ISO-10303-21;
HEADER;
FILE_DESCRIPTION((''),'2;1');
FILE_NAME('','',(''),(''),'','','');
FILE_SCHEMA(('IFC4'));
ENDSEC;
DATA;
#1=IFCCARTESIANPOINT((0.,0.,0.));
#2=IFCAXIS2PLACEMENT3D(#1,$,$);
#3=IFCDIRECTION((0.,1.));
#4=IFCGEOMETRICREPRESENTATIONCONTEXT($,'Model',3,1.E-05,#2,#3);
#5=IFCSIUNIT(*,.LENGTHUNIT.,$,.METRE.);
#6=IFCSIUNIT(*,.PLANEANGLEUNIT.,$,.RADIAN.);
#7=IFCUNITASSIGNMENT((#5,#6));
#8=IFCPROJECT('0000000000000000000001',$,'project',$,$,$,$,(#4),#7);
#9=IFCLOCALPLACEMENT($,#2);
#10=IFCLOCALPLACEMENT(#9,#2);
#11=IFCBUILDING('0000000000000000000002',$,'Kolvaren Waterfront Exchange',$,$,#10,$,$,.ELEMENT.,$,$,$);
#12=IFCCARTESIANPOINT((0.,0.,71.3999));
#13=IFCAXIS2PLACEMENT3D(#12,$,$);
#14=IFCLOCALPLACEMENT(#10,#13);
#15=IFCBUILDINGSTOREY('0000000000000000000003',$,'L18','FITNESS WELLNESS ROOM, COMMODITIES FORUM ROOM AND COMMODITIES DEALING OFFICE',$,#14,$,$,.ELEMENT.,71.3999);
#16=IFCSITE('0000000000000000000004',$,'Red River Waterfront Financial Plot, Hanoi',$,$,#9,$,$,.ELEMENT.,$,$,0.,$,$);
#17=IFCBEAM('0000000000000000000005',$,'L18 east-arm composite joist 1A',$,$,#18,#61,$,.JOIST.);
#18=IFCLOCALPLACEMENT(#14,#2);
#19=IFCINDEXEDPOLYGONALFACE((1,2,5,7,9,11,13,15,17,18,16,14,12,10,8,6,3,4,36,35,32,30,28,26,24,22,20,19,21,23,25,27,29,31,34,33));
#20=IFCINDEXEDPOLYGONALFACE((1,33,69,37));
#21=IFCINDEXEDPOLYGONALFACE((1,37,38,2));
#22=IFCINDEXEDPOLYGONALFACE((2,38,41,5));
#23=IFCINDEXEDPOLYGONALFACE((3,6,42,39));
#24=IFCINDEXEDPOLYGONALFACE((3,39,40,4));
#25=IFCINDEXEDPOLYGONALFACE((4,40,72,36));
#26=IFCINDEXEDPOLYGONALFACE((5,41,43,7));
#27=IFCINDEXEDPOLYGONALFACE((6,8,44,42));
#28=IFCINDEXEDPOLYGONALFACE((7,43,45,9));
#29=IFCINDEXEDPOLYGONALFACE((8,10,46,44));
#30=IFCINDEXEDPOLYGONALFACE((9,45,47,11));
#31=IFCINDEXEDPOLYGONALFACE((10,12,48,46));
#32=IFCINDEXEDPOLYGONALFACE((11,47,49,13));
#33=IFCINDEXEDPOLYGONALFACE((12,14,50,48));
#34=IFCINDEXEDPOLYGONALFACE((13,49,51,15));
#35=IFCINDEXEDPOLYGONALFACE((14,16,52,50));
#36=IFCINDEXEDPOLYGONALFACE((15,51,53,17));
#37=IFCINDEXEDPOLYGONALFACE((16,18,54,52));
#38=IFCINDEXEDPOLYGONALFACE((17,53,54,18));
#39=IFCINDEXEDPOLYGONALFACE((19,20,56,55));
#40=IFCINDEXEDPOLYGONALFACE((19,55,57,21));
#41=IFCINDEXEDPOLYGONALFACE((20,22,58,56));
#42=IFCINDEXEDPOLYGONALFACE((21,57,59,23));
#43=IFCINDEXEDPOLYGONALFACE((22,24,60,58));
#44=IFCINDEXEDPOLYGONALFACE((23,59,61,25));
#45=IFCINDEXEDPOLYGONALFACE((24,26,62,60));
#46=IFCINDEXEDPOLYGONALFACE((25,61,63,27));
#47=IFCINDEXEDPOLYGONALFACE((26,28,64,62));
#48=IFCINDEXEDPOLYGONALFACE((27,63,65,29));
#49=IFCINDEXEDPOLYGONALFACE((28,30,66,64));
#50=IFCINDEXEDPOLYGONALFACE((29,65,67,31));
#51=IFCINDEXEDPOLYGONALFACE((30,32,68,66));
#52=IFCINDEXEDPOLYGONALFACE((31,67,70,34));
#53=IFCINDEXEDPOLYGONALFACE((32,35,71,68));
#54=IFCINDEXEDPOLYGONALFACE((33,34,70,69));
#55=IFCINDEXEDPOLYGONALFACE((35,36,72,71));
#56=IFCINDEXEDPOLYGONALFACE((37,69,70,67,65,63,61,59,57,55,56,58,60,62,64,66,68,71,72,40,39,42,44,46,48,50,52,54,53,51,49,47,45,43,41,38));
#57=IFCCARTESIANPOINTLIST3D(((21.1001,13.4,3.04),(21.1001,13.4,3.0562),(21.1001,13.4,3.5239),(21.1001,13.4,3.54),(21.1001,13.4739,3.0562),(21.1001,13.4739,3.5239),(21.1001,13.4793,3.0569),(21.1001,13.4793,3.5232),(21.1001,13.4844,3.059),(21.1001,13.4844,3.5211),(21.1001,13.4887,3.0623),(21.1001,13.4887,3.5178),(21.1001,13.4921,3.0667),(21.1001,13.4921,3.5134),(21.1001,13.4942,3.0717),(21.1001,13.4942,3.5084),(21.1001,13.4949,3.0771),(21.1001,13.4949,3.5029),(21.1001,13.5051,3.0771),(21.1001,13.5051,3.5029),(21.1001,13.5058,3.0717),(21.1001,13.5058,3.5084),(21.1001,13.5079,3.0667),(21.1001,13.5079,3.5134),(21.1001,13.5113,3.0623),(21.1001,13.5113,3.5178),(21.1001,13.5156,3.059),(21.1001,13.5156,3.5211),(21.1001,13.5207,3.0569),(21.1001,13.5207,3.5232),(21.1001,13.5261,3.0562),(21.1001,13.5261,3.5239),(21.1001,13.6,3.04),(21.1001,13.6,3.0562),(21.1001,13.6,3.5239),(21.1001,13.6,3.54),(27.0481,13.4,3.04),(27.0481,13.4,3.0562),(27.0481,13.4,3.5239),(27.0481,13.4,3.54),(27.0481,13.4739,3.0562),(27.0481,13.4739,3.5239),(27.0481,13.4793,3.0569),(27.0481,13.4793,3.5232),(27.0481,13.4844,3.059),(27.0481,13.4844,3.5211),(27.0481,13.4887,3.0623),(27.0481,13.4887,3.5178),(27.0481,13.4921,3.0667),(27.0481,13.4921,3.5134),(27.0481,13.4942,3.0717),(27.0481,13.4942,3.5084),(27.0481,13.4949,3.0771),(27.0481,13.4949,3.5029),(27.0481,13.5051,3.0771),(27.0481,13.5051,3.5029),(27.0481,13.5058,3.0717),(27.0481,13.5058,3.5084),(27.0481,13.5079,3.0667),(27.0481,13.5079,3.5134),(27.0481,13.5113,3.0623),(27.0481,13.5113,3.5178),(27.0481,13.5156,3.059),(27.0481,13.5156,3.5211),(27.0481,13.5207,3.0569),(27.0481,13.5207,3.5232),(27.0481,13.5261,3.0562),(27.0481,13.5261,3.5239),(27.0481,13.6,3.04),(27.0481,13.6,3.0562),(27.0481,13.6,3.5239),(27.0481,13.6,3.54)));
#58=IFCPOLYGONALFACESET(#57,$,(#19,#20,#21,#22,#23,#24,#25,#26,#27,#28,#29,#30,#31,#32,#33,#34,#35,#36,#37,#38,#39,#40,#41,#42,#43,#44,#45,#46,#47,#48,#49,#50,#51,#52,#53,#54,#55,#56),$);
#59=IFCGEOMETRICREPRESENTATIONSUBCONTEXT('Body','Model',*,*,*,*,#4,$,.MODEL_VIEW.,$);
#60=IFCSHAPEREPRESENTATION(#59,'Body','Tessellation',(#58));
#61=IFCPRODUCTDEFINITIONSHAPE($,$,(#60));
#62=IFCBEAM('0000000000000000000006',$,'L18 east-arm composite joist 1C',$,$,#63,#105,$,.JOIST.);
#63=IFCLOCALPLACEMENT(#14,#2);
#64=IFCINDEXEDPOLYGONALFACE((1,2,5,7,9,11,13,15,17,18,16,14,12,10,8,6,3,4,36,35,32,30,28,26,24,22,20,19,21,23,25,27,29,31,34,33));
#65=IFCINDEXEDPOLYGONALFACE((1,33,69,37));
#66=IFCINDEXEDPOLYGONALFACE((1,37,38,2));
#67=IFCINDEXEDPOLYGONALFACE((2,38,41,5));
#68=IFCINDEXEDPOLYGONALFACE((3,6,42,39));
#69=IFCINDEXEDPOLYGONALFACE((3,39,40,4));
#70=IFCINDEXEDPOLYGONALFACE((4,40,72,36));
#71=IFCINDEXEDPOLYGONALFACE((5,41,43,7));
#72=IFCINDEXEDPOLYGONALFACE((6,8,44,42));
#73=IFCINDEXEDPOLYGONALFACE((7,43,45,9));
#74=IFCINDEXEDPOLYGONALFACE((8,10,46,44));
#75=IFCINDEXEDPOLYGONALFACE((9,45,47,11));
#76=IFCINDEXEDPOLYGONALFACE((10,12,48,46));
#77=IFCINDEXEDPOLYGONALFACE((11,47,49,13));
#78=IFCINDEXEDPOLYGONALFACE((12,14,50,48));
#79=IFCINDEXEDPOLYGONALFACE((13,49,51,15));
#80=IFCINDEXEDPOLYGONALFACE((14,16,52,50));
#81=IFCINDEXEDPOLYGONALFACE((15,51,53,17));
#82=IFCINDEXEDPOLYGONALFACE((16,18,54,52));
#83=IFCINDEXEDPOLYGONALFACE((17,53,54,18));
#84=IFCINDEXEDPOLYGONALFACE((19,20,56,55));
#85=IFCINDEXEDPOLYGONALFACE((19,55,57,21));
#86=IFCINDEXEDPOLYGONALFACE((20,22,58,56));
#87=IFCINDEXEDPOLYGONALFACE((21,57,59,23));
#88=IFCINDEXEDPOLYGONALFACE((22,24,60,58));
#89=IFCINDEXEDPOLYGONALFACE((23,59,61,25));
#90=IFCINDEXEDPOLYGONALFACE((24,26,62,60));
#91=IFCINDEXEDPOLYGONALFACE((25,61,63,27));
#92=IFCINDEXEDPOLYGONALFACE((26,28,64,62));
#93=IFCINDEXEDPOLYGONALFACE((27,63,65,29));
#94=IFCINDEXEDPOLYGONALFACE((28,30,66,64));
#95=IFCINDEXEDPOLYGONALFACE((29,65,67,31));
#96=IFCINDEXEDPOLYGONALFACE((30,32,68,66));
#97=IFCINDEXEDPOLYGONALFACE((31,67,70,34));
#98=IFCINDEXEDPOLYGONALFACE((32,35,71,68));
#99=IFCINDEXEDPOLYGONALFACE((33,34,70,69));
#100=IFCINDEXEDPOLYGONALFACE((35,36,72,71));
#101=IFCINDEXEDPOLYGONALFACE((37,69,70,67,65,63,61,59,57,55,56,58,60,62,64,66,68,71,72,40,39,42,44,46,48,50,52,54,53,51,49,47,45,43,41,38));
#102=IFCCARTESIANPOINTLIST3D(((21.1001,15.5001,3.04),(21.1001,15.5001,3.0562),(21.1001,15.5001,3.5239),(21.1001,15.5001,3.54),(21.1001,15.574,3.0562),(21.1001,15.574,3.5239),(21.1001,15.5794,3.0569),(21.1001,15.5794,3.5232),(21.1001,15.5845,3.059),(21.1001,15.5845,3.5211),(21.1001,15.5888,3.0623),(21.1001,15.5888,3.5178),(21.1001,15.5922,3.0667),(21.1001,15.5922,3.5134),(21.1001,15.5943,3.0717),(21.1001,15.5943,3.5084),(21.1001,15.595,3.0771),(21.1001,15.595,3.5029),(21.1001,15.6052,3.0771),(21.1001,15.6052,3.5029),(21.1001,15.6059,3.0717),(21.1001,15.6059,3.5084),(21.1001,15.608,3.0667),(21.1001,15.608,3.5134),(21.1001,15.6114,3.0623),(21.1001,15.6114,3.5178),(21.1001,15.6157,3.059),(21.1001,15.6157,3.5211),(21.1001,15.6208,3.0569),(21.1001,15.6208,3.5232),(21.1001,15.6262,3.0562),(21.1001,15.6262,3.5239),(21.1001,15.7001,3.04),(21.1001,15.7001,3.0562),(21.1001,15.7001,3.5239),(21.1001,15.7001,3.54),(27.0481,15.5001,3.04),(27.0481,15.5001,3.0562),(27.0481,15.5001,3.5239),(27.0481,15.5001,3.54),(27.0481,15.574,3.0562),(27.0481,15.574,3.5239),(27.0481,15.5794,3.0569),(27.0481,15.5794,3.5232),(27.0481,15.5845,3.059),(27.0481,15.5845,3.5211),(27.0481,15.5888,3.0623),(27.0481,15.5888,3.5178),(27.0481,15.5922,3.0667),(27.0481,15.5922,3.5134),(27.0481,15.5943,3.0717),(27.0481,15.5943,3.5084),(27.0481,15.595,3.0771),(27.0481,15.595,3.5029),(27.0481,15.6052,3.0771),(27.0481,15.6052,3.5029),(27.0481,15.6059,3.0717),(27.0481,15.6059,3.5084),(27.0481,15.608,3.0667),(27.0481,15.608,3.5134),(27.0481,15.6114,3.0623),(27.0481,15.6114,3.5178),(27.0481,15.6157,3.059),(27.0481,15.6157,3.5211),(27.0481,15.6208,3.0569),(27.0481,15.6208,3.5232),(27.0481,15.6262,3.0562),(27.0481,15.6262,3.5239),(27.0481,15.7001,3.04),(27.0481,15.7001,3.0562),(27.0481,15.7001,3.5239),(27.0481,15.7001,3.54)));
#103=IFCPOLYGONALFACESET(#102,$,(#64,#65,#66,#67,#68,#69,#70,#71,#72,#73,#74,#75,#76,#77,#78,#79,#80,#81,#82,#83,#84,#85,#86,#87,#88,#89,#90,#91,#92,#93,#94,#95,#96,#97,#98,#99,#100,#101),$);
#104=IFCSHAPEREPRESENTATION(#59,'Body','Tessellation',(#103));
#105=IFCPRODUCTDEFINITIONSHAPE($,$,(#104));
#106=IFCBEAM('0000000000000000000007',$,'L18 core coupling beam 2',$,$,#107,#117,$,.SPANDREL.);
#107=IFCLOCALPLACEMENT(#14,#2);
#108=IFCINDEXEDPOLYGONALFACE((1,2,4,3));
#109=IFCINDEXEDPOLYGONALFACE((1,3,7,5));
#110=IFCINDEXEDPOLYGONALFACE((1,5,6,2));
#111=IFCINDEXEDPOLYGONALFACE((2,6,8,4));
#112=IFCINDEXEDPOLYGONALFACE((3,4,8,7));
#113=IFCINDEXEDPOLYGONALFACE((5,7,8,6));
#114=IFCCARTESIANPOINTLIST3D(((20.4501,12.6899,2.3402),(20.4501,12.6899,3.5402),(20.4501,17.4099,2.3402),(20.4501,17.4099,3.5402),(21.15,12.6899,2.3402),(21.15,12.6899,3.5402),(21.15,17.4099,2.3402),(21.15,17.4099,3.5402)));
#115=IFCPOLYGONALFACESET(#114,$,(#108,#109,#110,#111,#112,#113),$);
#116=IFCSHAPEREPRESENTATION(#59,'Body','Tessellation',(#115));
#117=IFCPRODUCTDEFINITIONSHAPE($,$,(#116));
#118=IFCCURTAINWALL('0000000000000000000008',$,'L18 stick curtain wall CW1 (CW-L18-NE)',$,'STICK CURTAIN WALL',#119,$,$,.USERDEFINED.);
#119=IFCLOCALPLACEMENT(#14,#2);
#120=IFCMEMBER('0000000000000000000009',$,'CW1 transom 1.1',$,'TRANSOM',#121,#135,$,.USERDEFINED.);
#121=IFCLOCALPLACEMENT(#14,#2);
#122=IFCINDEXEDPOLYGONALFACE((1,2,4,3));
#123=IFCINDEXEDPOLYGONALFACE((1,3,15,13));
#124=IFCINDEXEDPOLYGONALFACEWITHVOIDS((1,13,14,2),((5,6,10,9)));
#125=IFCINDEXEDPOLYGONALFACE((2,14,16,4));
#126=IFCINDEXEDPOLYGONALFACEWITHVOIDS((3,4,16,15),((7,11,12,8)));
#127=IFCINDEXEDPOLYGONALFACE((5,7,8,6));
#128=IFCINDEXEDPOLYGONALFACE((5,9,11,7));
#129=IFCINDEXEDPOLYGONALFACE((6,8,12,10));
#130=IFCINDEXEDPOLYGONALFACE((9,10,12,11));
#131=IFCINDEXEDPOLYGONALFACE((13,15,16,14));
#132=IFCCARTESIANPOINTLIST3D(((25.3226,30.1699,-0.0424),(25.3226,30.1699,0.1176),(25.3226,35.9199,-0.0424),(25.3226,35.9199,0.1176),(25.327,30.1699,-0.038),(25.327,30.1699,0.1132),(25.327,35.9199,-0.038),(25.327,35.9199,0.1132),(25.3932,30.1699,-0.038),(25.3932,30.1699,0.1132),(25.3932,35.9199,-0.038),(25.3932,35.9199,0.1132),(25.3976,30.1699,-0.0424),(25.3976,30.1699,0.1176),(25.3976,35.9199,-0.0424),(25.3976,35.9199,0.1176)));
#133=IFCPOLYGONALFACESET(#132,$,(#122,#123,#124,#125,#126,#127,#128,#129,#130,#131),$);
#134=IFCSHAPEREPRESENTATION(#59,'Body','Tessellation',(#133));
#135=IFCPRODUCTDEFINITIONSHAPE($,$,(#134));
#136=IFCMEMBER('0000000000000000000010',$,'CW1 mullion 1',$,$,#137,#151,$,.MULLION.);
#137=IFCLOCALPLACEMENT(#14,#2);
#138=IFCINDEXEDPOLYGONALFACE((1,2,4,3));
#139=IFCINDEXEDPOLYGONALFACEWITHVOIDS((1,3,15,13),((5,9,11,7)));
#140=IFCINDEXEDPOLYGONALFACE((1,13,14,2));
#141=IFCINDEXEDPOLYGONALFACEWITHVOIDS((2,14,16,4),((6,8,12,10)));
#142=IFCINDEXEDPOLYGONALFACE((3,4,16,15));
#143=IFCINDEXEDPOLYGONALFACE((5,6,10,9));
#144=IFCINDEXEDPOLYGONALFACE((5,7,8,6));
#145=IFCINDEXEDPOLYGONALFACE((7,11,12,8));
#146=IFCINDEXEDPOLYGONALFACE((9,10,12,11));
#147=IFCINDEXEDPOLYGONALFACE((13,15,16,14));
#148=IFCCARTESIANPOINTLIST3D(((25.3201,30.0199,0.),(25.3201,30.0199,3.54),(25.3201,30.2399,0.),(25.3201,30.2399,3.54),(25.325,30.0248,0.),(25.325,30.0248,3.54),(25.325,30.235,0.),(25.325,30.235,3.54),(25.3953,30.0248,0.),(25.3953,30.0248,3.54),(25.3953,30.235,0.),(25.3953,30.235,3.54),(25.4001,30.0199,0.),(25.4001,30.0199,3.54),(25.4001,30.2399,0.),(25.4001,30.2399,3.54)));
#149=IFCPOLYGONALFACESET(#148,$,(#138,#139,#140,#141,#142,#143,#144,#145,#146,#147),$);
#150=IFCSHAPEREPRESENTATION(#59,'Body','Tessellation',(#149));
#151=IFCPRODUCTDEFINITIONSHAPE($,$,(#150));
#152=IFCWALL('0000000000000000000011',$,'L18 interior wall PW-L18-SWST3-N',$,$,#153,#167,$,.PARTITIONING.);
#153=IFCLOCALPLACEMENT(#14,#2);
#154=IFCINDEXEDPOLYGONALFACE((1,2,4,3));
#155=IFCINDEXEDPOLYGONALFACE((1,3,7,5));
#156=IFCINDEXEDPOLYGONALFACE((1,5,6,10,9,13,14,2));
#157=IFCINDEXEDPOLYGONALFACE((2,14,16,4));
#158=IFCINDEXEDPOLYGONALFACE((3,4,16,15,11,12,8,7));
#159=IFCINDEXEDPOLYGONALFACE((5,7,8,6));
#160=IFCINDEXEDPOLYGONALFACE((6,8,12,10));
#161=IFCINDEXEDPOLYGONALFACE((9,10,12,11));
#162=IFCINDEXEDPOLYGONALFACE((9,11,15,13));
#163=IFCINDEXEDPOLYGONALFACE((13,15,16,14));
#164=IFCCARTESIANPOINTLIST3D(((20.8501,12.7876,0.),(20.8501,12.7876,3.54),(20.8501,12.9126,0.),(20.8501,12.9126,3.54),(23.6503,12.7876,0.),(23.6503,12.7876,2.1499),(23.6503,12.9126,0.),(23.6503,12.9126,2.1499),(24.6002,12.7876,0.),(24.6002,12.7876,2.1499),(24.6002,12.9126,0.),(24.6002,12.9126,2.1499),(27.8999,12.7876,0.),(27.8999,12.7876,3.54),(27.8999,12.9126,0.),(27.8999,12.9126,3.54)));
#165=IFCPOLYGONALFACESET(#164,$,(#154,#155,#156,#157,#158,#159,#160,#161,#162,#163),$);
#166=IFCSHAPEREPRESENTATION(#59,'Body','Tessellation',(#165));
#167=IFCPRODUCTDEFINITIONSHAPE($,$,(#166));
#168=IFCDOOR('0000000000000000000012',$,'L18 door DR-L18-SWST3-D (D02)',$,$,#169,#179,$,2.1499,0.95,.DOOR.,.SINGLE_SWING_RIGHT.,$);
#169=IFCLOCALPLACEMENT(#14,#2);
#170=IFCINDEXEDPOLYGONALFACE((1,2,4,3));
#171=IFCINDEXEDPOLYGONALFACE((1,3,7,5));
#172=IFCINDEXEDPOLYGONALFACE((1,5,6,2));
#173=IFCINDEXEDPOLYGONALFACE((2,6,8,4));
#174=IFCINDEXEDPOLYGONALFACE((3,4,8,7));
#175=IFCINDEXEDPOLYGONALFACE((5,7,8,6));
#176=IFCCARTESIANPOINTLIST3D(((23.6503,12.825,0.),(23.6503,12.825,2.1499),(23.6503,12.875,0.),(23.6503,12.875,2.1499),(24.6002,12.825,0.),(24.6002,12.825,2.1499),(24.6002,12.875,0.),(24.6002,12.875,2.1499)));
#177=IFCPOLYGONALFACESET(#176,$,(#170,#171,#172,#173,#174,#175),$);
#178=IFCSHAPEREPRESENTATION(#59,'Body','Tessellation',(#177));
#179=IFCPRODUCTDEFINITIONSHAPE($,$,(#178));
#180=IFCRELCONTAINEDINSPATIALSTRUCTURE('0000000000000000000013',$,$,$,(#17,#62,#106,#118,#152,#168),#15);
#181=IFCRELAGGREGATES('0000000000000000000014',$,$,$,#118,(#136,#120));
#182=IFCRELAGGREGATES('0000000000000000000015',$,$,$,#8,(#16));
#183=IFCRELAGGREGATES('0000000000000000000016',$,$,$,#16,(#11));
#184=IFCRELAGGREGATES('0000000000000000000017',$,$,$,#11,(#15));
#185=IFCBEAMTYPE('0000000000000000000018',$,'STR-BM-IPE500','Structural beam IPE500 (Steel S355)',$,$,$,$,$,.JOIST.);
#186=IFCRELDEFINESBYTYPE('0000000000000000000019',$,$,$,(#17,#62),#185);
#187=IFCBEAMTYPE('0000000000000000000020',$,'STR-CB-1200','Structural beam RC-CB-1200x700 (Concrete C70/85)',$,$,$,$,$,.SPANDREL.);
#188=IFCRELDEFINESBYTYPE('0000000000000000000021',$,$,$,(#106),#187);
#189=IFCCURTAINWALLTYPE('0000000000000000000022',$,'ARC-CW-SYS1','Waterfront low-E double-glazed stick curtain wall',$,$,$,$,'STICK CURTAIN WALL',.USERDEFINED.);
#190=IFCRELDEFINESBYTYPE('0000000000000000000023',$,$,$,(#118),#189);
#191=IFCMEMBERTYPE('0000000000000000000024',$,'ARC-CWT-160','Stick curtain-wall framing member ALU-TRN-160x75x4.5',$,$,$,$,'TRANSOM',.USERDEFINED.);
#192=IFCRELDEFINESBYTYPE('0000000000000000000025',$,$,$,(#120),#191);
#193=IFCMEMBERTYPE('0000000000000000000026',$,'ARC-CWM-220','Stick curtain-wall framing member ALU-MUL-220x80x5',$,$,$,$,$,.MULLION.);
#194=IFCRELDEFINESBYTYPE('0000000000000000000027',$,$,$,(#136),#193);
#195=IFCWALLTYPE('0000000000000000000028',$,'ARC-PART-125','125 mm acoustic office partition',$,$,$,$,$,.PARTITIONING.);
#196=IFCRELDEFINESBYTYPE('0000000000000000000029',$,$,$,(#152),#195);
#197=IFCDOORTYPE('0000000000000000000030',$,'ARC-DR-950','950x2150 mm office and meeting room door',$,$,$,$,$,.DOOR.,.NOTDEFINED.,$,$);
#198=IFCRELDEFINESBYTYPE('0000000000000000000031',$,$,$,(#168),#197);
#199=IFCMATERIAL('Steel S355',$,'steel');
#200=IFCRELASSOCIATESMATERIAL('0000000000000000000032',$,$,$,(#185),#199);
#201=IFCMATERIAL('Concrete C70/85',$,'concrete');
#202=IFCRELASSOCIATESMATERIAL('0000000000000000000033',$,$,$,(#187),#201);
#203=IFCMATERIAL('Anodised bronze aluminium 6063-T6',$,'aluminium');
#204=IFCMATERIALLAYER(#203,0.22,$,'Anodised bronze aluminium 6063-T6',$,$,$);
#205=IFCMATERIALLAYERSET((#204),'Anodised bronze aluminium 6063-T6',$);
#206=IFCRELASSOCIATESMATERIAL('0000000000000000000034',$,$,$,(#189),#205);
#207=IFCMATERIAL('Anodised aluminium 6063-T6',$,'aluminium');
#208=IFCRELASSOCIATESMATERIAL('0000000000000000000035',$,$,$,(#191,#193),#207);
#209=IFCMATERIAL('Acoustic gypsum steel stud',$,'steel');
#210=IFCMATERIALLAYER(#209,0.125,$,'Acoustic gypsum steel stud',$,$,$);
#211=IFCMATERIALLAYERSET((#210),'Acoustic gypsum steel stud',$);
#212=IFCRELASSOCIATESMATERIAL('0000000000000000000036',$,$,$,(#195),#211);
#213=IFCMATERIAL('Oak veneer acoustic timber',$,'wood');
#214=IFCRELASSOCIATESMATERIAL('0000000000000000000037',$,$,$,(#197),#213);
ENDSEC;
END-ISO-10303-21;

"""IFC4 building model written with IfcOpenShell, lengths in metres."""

from ifc_helpers import new_model, si_unit, direction, frame, frame_2d, origin, origin_with_axes, origin_2d, place, context, subcontext, project, spatial, rectangle, hollow_rectangle, i_section, extrude, source, transform, mapped, material, layer, layer_set, material_profile, profile_set, type_object, element, fill, aggregate, save


model = new_model("IFC4")

# Units and contexts
model_context = context("Model", 3, precision=1e-05, world=origin(), true_north=direction((0.0, 1.0)))
body_context = subcontext(model_context, "Body", "Model", "MODEL_VIEW")
ifc_project = project(units=[si_unit("LENGTHUNIT", "METRE"), si_unit("PLANEANGLEUNIT", "RADIAN")], contexts=[model_context])

# Site, building, storey
site_placement = place(None, origin())
site = spatial("IfcSite", under=ifc_project, at=site_placement, Name="Red River Waterfront Financial Plot, Hanoi", CompositionType="ELEMENT", RefElevation=0.0)
building_placement = place(site_placement, origin())
building = spatial("IfcBuilding", under=site, at=building_placement, Name="Kolvaren Waterfront Exchange", CompositionType="ELEMENT")
storey_placement = place(building_placement, frame((0.0, 0.0, 71.3999)))
storey = spatial("IfcBuildingStorey", under=building, at=storey_placement, Name="L18", Description="FITNESS WELLNESS ROOM, COMMODITIES FORUM ROOM AND COMMODITIES DEALING OFFICE", CompositionType="ELEMENT", Elevation=71.3999)

# Shared definitions
ifc_material_1 = material(Name="Concrete C70/85", Category="concrete")

# Beams
ifc_material_2 = material(Name="Steel S355", Category="steel")
ifc_material_profile_1 = material_profile(ifc_material_2, i_section(OverallWidth=0.2, OverallDepth=0.5, WebThickness=0.0103, FlangeThickness=0.0161, FilletRadius=0.021, at=origin_2d()), Name="IPE500")
ifc_profile_set_1 = profile_set([ifc_material_profile_1], Name="Steel S355")
beam_type_1 = type_object("IfcBeamType", Name="STR-BM-IPE500", Description="Structural beam IPE500 (Steel S355)", PredefinedType="JOIST", material=ifc_profile_set_1)
for number, where, z_axis, x_axis, name in (
    (1, (21.1001, 13.5, 3.29), (1.0, 0.0, 0.0), (0.0, 1.0, 0.0), "L18 east-arm composite joist 1A"),
    (2, (21.1001, 15.6001, 3.29), (1.0, 0.0, 0.0), (0.0, 1.0, 0.0), "L18 east-arm composite joist 1C"),
):
    element("IfcBeam", number, at=place(storey_placement, frame(where, z_axis=z_axis, x_axis=x_axis)), inside=storey, type_object=beam_type_1, Name=name, PredefinedType="JOIST", context=body_context, shape_type="SweptSolid", body=[
        extrude(i_section(OverallWidth=0.2, OverallDepth=0.5, WebThickness=0.0103, FlangeThickness=0.0161, FilletRadius=0.021, at=origin_2d()), origin(), (0.0, 0.0, 1.0), 5.948),
    ])
ifc_material_profile_2 = material_profile(ifc_material_1, rectangle(XDim=0.7, YDim=1.2, at=origin_2d()), Name="RC-CB-1200x700")
ifc_profile_set_2 = profile_set([ifc_material_profile_2], Name="Concrete C70/85")
beam_type_2 = type_object("IfcBeamType", Name="STR-CB-1200", Description="Structural beam RC-CB-1200x700 (Concrete C70/85)", PredefinedType="SPANDREL", material=ifc_profile_set_2)
beam_1_placement = place(storey_placement, frame((20.8, 12.6899, 2.9402), z_axis=(0.0, 1.0, 0.0), x_axis=(-1.0, 0.0, 0.0)))
element("IfcBeam", 3, at=beam_1_placement, inside=storey, type_object=beam_type_2, Name="L18 core coupling beam 2", PredefinedType="SPANDREL", context=body_context, shape_type="SweptSolid", body=[
    extrude(rectangle(XDim=0.7, YDim=1.2, at=origin_2d()), origin(), (0.0, 0.0, 1.0), 4.72),
])

# Curtain wall, members
ifc_material_3 = material(Name="Anodised bronze aluminium 6063-T6", Category="aluminium")
ifc_layer_1 = layer(ifc_material_3, 0.22, Name="Anodised bronze aluminium 6063-T6")
ifc_layer_set_1 = layer_set([ifc_layer_1], Name="Anodised bronze aluminium 6063-T6")
curtain_wall_type = type_object("IfcCurtainWallType", Name="ARC-CW-SYS1", Description="Waterfront low-E double-glazed stick curtain wall", ElementType="STICK CURTAIN WALL", PredefinedType="USERDEFINED", material=ifc_layer_set_1)
curtain_wall_placement = place(storey_placement, origin())
curtain_wall = element("IfcCurtainWall", 4, at=curtain_wall_placement, inside=storey, type_object=curtain_wall_type, Name="L18 stick curtain wall CW1 (CW-L18-NE)", ObjectType="STICK CURTAIN WALL", PredefinedType="USERDEFINED")
ifc_material_4 = material(Name="Anodised aluminium 6063-T6", Category="aluminium")
ifc_material_profile_3 = material_profile(ifc_material_4, hollow_rectangle(XDim=0.075, YDim=0.1599, WallThickness=0.0044, at=origin_2d()), Name="ALU-TRN-160x75x4.5")
ifc_profile_set_3 = profile_set([ifc_material_profile_3], Name="Anodised aluminium 6063-T6")
member_type_1 = type_object("IfcMemberType", Name="ARC-CWT-160", Description="Stick curtain-wall framing member ALU-TRN-160x75x4.5", ElementType="TRANSOM", PredefinedType="USERDEFINED", material=ifc_profile_set_3)
shared_shape_1 = source(origin_with_axes(), body_context, "Body", "SweptSolid", [
    extrude(hollow_rectangle(XDim=0.075, YDim=0.1599, WallThickness=0.0044, at=origin_2d()), origin(), (0.0, 0.0, 1.0), 5.75),
])
member_1_placement = place(storey_placement, frame((25.3601, 30.1699, 0.0376), z_axis=(0.0, 1.0, 0.0), x_axis=(-1.0, 0.0, 0.0)))
member_1 = element("IfcMember", 5, at=member_1_placement, type_object=member_type_1, Name="CW1 transom 1.1", ObjectType="TRANSOM", PredefinedType="USERDEFINED", context=body_context, shape_type="MappedRepresentation", body=[
    mapped(shared_shape_1, transform((0.0, 0.0, 0.0), x_axis=(1.0, 0.0, 0.0), y_axis=(0.0, 1.0, 0.0), z_axis=(0.0, 0.0, 1.0), scale=1.0)),
])
ifc_material_profile_4 = material_profile(ifc_material_4, hollow_rectangle(XDim=0.0801, YDim=0.22, WallThickness=0.0049, at=origin_2d()), Name="ALU-MUL-220x80x5")
ifc_profile_set_4 = profile_set([ifc_material_profile_4], Name="Anodised aluminium 6063-T6")
member_type_2 = type_object("IfcMemberType", Name="ARC-CWM-220", Description="Stick curtain-wall framing member ALU-MUL-220x80x5", PredefinedType="MULLION", material=ifc_profile_set_4)
shared_shape_2 = source(origin_with_axes(), body_context, "Body", "SweptSolid", [
    extrude(hollow_rectangle(XDim=0.0801, YDim=0.22, WallThickness=0.0049, at=origin_2d()), origin(), (0.0, 0.0, 1.0), 3.54),
])
member_2_placement = place(storey_placement, frame((25.3601, 30.1299, 0.0), z_axis=(0.0, 0.0, 1.0), x_axis=(-1.0, 0.0, 0.0)))
member_2 = element("IfcMember", 6, at=member_2_placement, type_object=member_type_2, Name="CW1 mullion 1", PredefinedType="MULLION", context=body_context, shape_type="MappedRepresentation", body=[
    mapped(shared_shape_2, transform((0.0, 0.0, 0.0), x_axis=(1.0, 0.0, 0.0), y_axis=(0.0, 1.0, 0.0), z_axis=(0.0, 0.0, 1.0), scale=1.0)),
])
aggregate(curtain_wall, [member_2, member_1])

# Wall, opening, door
ifc_material_5 = material(Name="Acoustic gypsum steel stud", Category="steel")
ifc_layer_2 = layer(ifc_material_5, 0.125, Name="Acoustic gypsum steel stud")
ifc_layer_set_2 = layer_set([ifc_layer_2], Name="Acoustic gypsum steel stud")
wall_type_1 = type_object("IfcWallType", Name="ARC-PART-125", Description="125 mm acoustic office partition", PredefinedType="PARTITIONING", material=ifc_layer_set_2)
wall_1_placement = place(storey_placement, frame((20.8501, 12.8501, 0.0), z_axis=(0.0, 0.0, 1.0), x_axis=(1.0, 0.0, 0.0)))
wall_1 = element("IfcWall", 7, at=wall_1_placement, inside=storey, type_object=wall_type_1, Name="L18 interior wall PW-L18-SWST3-N", PredefinedType="PARTITIONING", context=body_context, shape_type="SweptSolid", body=[
    extrude(rectangle(XDim=7.0498, YDim=0.125, at=frame_2d((3.5249, 0.0))), origin(), (0.0, 0.0, 1.0), 3.54),
])
opening_1_placement = place(wall_1_placement, frame((2.8, 0.0, 0.0)))
opening_1 = element("IfcOpeningElement", 8, at=opening_1_placement, cuts=wall_1, PredefinedType="OPENING", context=body_context, shape_type="SweptSolid", body=[
    extrude(rectangle(XDim=0.95, YDim=2.1499, at=frame_2d((0.4751, 1.075))), frame((0.0, 0.0725, 0.0), z_axis=(0.0, -1.0, 0.0), x_axis=(1.0, 0.0, 0.0)), (0.0, 0.0, 1.0), 0.145),
])
ifc_material_6 = material(Name="Oak veneer acoustic timber", Category="wood")
door_type = type_object("IfcDoorType", Name="ARC-DR-950", Description="950x2150 mm office and meeting room door", OperationType="NOTDEFINED", PredefinedType="DOOR", material=ifc_material_6)
door_1_placement = place(opening_1_placement, origin())
door_1 = element("IfcDoor", 9, at=door_1_placement, inside=storey, type_object=door_type, Name="L18 door DR-L18-SWST3-D (D02)", OperationType="SINGLE_SWING_RIGHT", OverallHeight=2.1499, OverallWidth=0.95, PredefinedType="DOOR", context=body_context, shape_type="SweptSolid", body=[
    extrude(rectangle(XDim=0.95, YDim=2.1499, at=frame_2d((0.4751, 1.075))), frame((0.0, 0.0249, 0.0), z_axis=(0.0, -1.0, 0.0), x_axis=(1.0, 0.0, 0.0)), (0.0, 0.0, 1.0), 0.05),
])
fill(opening_1, door_1)

save(model, "model.ifc")
